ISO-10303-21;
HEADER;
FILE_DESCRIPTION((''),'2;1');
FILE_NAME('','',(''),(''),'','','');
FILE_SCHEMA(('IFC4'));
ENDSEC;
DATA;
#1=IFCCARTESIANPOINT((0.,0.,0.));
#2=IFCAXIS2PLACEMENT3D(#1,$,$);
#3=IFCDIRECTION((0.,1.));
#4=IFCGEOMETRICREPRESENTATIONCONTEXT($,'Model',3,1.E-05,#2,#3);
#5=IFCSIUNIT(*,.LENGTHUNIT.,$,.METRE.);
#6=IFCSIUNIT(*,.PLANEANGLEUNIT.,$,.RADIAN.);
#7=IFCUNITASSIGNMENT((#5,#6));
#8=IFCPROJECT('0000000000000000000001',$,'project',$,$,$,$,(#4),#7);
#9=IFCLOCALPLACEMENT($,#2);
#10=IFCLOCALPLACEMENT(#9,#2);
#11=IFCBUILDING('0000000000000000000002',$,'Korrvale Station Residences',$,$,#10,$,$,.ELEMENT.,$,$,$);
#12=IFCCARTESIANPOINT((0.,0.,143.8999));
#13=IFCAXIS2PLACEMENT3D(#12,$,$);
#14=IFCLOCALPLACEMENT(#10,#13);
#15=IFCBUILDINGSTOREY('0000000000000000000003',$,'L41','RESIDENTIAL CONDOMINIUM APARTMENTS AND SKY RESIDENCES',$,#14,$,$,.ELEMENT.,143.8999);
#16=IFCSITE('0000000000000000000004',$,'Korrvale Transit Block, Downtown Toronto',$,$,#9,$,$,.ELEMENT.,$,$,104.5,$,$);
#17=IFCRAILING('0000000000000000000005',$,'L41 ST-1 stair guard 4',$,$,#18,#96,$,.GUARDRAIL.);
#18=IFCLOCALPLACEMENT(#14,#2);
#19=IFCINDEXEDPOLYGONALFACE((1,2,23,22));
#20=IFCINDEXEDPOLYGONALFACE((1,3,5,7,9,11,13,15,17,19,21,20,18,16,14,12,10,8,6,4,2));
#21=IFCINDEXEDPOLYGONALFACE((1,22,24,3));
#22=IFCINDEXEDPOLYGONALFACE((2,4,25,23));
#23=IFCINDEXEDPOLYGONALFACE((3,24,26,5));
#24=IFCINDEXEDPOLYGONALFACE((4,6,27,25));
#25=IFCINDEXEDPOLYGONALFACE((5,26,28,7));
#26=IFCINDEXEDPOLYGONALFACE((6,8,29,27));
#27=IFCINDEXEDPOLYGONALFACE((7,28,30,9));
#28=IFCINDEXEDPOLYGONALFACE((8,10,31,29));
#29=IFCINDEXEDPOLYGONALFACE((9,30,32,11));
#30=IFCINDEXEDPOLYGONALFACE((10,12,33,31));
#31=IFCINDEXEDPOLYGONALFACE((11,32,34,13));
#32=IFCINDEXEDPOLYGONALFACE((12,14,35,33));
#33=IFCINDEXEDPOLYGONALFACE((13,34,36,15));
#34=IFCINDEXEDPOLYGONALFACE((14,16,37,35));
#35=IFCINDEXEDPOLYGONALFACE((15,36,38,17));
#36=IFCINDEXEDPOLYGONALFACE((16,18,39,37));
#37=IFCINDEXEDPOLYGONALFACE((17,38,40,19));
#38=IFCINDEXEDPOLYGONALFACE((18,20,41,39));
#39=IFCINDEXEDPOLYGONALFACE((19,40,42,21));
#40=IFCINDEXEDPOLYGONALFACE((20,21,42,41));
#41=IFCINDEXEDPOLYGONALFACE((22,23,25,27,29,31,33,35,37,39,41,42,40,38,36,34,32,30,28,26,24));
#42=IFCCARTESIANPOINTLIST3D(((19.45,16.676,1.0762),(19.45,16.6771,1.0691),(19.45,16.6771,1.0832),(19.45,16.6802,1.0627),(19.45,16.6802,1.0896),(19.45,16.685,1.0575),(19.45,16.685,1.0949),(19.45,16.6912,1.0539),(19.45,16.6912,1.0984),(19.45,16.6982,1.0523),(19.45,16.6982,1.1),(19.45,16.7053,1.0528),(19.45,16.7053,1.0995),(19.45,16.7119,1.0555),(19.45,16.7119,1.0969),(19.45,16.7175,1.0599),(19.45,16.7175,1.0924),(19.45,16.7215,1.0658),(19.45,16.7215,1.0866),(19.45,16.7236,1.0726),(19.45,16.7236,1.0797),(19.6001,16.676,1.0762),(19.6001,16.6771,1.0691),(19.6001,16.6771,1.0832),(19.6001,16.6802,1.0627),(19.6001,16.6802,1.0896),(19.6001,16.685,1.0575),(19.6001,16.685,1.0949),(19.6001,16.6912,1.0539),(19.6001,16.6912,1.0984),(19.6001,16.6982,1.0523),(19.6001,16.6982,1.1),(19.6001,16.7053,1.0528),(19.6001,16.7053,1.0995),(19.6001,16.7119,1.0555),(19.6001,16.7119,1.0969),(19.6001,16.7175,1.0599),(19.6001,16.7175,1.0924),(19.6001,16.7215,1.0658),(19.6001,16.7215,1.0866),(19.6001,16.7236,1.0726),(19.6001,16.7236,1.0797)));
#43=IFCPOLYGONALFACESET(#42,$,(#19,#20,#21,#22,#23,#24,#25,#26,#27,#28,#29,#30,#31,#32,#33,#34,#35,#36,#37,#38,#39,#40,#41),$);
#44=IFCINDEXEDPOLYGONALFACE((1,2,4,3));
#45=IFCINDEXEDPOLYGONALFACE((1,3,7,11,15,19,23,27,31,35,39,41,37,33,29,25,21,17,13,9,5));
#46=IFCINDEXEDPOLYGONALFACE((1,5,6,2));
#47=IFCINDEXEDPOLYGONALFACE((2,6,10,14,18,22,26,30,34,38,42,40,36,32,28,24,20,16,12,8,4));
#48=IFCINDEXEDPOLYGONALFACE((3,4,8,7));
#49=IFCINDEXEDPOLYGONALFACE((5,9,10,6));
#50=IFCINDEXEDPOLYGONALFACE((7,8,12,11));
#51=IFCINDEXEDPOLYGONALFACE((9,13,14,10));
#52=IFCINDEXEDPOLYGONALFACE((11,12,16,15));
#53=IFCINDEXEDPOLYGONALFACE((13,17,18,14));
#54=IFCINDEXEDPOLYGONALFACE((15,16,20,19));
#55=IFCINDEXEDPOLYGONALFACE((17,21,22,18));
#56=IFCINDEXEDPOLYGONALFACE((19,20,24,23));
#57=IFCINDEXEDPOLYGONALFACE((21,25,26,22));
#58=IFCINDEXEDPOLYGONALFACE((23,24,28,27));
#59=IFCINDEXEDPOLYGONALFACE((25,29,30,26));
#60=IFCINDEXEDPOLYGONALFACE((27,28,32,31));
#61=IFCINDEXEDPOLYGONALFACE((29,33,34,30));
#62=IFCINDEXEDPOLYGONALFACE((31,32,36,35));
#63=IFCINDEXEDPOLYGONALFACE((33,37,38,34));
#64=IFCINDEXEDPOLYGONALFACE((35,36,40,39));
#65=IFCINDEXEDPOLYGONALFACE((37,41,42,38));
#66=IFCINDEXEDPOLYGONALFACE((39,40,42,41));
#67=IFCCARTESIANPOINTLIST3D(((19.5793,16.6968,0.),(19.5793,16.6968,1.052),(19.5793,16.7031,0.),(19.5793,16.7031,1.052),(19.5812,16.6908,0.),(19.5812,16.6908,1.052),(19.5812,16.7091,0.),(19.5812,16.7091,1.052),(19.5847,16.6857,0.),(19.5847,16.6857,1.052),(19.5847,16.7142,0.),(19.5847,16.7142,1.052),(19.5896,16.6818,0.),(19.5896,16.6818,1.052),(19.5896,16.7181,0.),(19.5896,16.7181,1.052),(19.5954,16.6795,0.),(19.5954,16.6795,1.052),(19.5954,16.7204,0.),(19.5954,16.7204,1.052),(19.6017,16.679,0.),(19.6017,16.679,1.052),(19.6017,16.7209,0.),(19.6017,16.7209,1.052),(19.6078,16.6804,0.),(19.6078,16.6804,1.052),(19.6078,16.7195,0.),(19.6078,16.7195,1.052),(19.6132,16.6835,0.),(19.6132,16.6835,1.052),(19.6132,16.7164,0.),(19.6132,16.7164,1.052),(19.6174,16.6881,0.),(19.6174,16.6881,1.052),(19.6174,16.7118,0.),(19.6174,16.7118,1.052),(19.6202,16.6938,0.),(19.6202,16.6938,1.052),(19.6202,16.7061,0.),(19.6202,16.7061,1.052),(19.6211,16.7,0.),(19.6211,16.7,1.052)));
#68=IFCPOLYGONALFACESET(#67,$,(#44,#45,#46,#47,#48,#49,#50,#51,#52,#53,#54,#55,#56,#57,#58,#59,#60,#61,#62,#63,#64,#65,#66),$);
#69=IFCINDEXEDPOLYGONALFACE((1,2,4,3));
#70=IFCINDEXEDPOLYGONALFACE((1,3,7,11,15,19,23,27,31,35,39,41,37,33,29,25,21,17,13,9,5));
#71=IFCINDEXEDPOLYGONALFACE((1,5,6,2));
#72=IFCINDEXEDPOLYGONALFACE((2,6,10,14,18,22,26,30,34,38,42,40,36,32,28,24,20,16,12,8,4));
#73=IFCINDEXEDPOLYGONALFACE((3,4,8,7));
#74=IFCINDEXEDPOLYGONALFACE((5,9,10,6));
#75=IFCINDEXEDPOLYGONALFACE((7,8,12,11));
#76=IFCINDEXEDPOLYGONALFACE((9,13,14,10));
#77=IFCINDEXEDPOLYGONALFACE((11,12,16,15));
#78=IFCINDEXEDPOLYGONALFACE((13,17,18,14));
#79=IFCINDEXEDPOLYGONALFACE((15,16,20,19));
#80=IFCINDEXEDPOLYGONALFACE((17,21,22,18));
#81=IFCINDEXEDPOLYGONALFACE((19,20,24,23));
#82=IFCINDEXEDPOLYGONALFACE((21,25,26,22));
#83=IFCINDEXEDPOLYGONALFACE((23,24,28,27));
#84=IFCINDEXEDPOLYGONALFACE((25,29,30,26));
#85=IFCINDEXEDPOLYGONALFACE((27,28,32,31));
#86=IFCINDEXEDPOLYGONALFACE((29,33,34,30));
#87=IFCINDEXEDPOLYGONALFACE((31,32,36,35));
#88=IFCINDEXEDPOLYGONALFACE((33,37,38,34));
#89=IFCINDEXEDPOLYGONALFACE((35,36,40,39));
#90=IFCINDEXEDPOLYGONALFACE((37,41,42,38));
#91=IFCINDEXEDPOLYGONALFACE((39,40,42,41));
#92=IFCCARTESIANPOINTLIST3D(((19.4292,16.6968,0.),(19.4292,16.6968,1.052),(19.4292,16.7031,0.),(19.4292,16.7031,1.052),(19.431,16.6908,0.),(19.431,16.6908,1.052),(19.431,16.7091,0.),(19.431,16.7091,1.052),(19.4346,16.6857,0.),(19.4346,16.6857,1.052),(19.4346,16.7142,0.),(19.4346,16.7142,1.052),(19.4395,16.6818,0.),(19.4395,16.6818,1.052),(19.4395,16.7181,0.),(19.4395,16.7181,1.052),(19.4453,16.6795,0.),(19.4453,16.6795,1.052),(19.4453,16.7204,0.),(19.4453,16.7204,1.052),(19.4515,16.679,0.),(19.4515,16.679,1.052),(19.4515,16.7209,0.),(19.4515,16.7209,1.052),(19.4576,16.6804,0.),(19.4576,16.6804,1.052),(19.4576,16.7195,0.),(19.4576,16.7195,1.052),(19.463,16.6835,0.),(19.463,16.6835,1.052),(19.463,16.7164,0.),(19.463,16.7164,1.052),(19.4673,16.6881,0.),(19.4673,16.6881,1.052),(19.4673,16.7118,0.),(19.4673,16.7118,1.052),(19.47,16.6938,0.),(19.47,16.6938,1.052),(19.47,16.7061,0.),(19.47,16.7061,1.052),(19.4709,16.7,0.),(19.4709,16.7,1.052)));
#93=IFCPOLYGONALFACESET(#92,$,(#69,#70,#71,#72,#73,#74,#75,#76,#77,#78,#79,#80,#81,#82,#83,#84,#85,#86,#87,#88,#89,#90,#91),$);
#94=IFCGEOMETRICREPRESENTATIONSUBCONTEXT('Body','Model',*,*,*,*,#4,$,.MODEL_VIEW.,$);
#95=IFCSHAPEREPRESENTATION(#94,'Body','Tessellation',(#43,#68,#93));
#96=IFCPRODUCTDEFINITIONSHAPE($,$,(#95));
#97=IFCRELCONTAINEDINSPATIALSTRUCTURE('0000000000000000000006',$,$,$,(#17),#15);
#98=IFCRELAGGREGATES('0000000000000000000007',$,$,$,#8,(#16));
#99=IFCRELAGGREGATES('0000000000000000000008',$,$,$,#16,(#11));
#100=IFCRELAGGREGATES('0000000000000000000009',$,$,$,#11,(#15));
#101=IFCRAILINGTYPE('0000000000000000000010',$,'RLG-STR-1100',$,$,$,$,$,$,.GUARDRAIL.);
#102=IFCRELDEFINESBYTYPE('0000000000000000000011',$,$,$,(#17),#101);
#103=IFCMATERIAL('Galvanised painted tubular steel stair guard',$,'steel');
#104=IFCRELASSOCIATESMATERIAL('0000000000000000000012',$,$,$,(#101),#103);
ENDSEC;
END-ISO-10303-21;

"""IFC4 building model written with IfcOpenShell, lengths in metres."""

from ifc_helpers import new_model, si_unit, direction, frame, origin, origin_2d, place, context, subcontext, project, spatial, circle, extrude, material, type_object, element, save


model = new_model("IFC4")

# Units and contexts
model_context = context("Model", 3, precision=1e-05, world=origin(), true_north=direction((0.0, 1.0)))
body_context = subcontext(model_context, "Body", "Model", "MODEL_VIEW")
ifc_project = project(units=[si_unit("LENGTHUNIT", "METRE"), si_unit("PLANEANGLEUNIT", "RADIAN")], contexts=[model_context])

# Site, building, storey
site_placement = place(None, origin())
site = spatial("IfcSite", under=ifc_project, at=site_placement, Name="Korrvale Transit Block, Downtown Toronto", CompositionType="ELEMENT", RefElevation=104.5)
building_placement = place(site_placement, origin())
building = spatial("IfcBuilding", under=site, at=building_placement, Name="Korrvale Station Residences", CompositionType="ELEMENT")
storey_placement = place(building_placement, frame((0.0, 0.0, 143.8999)))
storey = spatial("IfcBuildingStorey", under=building, at=storey_placement, Name="L41", Description="RESIDENTIAL CONDOMINIUM APARTMENTS AND SKY RESIDENCES", CompositionType="ELEMENT", Elevation=143.8999)

# Railing
ifc_material_1 = material(Name="Galvanised painted tubular steel stair guard", Category="steel")
railing_type_1 = type_object("IfcRailingType", Name="RLG-STR-1100", PredefinedType="GUARDRAIL", material=ifc_material_1)
railing_1_placement = place(storey_placement, frame((19.6001, 16.7, 0.0)))
element("IfcRailing", 1, at=railing_1_placement, inside=storey, type_object=railing_type_1, Name="L41 ST-1 stair guard 4", PredefinedType="GUARDRAIL", context=body_context, shape_type="SweptSolid", body=[
    extrude(circle(Radius=0.0239, at=origin_2d()), frame((0.0, 0.0, 1.0762), z_axis=(-1.0, 0.0, 0.0), x_axis=(0.0, -1.0, 0.0)), (0.0, 0.0, 1.0), 0.1501),
    extrude(circle(Radius=0.021, at=origin_2d()), origin(), (0.0, 0.0, 1.0), 1.052),
    extrude(circle(Radius=0.021, at=origin_2d()), frame((-0.1501, 0.0, 0.0)), (0.0, 0.0, 1.0), 1.052),
])

save(model, "model.ifc")
